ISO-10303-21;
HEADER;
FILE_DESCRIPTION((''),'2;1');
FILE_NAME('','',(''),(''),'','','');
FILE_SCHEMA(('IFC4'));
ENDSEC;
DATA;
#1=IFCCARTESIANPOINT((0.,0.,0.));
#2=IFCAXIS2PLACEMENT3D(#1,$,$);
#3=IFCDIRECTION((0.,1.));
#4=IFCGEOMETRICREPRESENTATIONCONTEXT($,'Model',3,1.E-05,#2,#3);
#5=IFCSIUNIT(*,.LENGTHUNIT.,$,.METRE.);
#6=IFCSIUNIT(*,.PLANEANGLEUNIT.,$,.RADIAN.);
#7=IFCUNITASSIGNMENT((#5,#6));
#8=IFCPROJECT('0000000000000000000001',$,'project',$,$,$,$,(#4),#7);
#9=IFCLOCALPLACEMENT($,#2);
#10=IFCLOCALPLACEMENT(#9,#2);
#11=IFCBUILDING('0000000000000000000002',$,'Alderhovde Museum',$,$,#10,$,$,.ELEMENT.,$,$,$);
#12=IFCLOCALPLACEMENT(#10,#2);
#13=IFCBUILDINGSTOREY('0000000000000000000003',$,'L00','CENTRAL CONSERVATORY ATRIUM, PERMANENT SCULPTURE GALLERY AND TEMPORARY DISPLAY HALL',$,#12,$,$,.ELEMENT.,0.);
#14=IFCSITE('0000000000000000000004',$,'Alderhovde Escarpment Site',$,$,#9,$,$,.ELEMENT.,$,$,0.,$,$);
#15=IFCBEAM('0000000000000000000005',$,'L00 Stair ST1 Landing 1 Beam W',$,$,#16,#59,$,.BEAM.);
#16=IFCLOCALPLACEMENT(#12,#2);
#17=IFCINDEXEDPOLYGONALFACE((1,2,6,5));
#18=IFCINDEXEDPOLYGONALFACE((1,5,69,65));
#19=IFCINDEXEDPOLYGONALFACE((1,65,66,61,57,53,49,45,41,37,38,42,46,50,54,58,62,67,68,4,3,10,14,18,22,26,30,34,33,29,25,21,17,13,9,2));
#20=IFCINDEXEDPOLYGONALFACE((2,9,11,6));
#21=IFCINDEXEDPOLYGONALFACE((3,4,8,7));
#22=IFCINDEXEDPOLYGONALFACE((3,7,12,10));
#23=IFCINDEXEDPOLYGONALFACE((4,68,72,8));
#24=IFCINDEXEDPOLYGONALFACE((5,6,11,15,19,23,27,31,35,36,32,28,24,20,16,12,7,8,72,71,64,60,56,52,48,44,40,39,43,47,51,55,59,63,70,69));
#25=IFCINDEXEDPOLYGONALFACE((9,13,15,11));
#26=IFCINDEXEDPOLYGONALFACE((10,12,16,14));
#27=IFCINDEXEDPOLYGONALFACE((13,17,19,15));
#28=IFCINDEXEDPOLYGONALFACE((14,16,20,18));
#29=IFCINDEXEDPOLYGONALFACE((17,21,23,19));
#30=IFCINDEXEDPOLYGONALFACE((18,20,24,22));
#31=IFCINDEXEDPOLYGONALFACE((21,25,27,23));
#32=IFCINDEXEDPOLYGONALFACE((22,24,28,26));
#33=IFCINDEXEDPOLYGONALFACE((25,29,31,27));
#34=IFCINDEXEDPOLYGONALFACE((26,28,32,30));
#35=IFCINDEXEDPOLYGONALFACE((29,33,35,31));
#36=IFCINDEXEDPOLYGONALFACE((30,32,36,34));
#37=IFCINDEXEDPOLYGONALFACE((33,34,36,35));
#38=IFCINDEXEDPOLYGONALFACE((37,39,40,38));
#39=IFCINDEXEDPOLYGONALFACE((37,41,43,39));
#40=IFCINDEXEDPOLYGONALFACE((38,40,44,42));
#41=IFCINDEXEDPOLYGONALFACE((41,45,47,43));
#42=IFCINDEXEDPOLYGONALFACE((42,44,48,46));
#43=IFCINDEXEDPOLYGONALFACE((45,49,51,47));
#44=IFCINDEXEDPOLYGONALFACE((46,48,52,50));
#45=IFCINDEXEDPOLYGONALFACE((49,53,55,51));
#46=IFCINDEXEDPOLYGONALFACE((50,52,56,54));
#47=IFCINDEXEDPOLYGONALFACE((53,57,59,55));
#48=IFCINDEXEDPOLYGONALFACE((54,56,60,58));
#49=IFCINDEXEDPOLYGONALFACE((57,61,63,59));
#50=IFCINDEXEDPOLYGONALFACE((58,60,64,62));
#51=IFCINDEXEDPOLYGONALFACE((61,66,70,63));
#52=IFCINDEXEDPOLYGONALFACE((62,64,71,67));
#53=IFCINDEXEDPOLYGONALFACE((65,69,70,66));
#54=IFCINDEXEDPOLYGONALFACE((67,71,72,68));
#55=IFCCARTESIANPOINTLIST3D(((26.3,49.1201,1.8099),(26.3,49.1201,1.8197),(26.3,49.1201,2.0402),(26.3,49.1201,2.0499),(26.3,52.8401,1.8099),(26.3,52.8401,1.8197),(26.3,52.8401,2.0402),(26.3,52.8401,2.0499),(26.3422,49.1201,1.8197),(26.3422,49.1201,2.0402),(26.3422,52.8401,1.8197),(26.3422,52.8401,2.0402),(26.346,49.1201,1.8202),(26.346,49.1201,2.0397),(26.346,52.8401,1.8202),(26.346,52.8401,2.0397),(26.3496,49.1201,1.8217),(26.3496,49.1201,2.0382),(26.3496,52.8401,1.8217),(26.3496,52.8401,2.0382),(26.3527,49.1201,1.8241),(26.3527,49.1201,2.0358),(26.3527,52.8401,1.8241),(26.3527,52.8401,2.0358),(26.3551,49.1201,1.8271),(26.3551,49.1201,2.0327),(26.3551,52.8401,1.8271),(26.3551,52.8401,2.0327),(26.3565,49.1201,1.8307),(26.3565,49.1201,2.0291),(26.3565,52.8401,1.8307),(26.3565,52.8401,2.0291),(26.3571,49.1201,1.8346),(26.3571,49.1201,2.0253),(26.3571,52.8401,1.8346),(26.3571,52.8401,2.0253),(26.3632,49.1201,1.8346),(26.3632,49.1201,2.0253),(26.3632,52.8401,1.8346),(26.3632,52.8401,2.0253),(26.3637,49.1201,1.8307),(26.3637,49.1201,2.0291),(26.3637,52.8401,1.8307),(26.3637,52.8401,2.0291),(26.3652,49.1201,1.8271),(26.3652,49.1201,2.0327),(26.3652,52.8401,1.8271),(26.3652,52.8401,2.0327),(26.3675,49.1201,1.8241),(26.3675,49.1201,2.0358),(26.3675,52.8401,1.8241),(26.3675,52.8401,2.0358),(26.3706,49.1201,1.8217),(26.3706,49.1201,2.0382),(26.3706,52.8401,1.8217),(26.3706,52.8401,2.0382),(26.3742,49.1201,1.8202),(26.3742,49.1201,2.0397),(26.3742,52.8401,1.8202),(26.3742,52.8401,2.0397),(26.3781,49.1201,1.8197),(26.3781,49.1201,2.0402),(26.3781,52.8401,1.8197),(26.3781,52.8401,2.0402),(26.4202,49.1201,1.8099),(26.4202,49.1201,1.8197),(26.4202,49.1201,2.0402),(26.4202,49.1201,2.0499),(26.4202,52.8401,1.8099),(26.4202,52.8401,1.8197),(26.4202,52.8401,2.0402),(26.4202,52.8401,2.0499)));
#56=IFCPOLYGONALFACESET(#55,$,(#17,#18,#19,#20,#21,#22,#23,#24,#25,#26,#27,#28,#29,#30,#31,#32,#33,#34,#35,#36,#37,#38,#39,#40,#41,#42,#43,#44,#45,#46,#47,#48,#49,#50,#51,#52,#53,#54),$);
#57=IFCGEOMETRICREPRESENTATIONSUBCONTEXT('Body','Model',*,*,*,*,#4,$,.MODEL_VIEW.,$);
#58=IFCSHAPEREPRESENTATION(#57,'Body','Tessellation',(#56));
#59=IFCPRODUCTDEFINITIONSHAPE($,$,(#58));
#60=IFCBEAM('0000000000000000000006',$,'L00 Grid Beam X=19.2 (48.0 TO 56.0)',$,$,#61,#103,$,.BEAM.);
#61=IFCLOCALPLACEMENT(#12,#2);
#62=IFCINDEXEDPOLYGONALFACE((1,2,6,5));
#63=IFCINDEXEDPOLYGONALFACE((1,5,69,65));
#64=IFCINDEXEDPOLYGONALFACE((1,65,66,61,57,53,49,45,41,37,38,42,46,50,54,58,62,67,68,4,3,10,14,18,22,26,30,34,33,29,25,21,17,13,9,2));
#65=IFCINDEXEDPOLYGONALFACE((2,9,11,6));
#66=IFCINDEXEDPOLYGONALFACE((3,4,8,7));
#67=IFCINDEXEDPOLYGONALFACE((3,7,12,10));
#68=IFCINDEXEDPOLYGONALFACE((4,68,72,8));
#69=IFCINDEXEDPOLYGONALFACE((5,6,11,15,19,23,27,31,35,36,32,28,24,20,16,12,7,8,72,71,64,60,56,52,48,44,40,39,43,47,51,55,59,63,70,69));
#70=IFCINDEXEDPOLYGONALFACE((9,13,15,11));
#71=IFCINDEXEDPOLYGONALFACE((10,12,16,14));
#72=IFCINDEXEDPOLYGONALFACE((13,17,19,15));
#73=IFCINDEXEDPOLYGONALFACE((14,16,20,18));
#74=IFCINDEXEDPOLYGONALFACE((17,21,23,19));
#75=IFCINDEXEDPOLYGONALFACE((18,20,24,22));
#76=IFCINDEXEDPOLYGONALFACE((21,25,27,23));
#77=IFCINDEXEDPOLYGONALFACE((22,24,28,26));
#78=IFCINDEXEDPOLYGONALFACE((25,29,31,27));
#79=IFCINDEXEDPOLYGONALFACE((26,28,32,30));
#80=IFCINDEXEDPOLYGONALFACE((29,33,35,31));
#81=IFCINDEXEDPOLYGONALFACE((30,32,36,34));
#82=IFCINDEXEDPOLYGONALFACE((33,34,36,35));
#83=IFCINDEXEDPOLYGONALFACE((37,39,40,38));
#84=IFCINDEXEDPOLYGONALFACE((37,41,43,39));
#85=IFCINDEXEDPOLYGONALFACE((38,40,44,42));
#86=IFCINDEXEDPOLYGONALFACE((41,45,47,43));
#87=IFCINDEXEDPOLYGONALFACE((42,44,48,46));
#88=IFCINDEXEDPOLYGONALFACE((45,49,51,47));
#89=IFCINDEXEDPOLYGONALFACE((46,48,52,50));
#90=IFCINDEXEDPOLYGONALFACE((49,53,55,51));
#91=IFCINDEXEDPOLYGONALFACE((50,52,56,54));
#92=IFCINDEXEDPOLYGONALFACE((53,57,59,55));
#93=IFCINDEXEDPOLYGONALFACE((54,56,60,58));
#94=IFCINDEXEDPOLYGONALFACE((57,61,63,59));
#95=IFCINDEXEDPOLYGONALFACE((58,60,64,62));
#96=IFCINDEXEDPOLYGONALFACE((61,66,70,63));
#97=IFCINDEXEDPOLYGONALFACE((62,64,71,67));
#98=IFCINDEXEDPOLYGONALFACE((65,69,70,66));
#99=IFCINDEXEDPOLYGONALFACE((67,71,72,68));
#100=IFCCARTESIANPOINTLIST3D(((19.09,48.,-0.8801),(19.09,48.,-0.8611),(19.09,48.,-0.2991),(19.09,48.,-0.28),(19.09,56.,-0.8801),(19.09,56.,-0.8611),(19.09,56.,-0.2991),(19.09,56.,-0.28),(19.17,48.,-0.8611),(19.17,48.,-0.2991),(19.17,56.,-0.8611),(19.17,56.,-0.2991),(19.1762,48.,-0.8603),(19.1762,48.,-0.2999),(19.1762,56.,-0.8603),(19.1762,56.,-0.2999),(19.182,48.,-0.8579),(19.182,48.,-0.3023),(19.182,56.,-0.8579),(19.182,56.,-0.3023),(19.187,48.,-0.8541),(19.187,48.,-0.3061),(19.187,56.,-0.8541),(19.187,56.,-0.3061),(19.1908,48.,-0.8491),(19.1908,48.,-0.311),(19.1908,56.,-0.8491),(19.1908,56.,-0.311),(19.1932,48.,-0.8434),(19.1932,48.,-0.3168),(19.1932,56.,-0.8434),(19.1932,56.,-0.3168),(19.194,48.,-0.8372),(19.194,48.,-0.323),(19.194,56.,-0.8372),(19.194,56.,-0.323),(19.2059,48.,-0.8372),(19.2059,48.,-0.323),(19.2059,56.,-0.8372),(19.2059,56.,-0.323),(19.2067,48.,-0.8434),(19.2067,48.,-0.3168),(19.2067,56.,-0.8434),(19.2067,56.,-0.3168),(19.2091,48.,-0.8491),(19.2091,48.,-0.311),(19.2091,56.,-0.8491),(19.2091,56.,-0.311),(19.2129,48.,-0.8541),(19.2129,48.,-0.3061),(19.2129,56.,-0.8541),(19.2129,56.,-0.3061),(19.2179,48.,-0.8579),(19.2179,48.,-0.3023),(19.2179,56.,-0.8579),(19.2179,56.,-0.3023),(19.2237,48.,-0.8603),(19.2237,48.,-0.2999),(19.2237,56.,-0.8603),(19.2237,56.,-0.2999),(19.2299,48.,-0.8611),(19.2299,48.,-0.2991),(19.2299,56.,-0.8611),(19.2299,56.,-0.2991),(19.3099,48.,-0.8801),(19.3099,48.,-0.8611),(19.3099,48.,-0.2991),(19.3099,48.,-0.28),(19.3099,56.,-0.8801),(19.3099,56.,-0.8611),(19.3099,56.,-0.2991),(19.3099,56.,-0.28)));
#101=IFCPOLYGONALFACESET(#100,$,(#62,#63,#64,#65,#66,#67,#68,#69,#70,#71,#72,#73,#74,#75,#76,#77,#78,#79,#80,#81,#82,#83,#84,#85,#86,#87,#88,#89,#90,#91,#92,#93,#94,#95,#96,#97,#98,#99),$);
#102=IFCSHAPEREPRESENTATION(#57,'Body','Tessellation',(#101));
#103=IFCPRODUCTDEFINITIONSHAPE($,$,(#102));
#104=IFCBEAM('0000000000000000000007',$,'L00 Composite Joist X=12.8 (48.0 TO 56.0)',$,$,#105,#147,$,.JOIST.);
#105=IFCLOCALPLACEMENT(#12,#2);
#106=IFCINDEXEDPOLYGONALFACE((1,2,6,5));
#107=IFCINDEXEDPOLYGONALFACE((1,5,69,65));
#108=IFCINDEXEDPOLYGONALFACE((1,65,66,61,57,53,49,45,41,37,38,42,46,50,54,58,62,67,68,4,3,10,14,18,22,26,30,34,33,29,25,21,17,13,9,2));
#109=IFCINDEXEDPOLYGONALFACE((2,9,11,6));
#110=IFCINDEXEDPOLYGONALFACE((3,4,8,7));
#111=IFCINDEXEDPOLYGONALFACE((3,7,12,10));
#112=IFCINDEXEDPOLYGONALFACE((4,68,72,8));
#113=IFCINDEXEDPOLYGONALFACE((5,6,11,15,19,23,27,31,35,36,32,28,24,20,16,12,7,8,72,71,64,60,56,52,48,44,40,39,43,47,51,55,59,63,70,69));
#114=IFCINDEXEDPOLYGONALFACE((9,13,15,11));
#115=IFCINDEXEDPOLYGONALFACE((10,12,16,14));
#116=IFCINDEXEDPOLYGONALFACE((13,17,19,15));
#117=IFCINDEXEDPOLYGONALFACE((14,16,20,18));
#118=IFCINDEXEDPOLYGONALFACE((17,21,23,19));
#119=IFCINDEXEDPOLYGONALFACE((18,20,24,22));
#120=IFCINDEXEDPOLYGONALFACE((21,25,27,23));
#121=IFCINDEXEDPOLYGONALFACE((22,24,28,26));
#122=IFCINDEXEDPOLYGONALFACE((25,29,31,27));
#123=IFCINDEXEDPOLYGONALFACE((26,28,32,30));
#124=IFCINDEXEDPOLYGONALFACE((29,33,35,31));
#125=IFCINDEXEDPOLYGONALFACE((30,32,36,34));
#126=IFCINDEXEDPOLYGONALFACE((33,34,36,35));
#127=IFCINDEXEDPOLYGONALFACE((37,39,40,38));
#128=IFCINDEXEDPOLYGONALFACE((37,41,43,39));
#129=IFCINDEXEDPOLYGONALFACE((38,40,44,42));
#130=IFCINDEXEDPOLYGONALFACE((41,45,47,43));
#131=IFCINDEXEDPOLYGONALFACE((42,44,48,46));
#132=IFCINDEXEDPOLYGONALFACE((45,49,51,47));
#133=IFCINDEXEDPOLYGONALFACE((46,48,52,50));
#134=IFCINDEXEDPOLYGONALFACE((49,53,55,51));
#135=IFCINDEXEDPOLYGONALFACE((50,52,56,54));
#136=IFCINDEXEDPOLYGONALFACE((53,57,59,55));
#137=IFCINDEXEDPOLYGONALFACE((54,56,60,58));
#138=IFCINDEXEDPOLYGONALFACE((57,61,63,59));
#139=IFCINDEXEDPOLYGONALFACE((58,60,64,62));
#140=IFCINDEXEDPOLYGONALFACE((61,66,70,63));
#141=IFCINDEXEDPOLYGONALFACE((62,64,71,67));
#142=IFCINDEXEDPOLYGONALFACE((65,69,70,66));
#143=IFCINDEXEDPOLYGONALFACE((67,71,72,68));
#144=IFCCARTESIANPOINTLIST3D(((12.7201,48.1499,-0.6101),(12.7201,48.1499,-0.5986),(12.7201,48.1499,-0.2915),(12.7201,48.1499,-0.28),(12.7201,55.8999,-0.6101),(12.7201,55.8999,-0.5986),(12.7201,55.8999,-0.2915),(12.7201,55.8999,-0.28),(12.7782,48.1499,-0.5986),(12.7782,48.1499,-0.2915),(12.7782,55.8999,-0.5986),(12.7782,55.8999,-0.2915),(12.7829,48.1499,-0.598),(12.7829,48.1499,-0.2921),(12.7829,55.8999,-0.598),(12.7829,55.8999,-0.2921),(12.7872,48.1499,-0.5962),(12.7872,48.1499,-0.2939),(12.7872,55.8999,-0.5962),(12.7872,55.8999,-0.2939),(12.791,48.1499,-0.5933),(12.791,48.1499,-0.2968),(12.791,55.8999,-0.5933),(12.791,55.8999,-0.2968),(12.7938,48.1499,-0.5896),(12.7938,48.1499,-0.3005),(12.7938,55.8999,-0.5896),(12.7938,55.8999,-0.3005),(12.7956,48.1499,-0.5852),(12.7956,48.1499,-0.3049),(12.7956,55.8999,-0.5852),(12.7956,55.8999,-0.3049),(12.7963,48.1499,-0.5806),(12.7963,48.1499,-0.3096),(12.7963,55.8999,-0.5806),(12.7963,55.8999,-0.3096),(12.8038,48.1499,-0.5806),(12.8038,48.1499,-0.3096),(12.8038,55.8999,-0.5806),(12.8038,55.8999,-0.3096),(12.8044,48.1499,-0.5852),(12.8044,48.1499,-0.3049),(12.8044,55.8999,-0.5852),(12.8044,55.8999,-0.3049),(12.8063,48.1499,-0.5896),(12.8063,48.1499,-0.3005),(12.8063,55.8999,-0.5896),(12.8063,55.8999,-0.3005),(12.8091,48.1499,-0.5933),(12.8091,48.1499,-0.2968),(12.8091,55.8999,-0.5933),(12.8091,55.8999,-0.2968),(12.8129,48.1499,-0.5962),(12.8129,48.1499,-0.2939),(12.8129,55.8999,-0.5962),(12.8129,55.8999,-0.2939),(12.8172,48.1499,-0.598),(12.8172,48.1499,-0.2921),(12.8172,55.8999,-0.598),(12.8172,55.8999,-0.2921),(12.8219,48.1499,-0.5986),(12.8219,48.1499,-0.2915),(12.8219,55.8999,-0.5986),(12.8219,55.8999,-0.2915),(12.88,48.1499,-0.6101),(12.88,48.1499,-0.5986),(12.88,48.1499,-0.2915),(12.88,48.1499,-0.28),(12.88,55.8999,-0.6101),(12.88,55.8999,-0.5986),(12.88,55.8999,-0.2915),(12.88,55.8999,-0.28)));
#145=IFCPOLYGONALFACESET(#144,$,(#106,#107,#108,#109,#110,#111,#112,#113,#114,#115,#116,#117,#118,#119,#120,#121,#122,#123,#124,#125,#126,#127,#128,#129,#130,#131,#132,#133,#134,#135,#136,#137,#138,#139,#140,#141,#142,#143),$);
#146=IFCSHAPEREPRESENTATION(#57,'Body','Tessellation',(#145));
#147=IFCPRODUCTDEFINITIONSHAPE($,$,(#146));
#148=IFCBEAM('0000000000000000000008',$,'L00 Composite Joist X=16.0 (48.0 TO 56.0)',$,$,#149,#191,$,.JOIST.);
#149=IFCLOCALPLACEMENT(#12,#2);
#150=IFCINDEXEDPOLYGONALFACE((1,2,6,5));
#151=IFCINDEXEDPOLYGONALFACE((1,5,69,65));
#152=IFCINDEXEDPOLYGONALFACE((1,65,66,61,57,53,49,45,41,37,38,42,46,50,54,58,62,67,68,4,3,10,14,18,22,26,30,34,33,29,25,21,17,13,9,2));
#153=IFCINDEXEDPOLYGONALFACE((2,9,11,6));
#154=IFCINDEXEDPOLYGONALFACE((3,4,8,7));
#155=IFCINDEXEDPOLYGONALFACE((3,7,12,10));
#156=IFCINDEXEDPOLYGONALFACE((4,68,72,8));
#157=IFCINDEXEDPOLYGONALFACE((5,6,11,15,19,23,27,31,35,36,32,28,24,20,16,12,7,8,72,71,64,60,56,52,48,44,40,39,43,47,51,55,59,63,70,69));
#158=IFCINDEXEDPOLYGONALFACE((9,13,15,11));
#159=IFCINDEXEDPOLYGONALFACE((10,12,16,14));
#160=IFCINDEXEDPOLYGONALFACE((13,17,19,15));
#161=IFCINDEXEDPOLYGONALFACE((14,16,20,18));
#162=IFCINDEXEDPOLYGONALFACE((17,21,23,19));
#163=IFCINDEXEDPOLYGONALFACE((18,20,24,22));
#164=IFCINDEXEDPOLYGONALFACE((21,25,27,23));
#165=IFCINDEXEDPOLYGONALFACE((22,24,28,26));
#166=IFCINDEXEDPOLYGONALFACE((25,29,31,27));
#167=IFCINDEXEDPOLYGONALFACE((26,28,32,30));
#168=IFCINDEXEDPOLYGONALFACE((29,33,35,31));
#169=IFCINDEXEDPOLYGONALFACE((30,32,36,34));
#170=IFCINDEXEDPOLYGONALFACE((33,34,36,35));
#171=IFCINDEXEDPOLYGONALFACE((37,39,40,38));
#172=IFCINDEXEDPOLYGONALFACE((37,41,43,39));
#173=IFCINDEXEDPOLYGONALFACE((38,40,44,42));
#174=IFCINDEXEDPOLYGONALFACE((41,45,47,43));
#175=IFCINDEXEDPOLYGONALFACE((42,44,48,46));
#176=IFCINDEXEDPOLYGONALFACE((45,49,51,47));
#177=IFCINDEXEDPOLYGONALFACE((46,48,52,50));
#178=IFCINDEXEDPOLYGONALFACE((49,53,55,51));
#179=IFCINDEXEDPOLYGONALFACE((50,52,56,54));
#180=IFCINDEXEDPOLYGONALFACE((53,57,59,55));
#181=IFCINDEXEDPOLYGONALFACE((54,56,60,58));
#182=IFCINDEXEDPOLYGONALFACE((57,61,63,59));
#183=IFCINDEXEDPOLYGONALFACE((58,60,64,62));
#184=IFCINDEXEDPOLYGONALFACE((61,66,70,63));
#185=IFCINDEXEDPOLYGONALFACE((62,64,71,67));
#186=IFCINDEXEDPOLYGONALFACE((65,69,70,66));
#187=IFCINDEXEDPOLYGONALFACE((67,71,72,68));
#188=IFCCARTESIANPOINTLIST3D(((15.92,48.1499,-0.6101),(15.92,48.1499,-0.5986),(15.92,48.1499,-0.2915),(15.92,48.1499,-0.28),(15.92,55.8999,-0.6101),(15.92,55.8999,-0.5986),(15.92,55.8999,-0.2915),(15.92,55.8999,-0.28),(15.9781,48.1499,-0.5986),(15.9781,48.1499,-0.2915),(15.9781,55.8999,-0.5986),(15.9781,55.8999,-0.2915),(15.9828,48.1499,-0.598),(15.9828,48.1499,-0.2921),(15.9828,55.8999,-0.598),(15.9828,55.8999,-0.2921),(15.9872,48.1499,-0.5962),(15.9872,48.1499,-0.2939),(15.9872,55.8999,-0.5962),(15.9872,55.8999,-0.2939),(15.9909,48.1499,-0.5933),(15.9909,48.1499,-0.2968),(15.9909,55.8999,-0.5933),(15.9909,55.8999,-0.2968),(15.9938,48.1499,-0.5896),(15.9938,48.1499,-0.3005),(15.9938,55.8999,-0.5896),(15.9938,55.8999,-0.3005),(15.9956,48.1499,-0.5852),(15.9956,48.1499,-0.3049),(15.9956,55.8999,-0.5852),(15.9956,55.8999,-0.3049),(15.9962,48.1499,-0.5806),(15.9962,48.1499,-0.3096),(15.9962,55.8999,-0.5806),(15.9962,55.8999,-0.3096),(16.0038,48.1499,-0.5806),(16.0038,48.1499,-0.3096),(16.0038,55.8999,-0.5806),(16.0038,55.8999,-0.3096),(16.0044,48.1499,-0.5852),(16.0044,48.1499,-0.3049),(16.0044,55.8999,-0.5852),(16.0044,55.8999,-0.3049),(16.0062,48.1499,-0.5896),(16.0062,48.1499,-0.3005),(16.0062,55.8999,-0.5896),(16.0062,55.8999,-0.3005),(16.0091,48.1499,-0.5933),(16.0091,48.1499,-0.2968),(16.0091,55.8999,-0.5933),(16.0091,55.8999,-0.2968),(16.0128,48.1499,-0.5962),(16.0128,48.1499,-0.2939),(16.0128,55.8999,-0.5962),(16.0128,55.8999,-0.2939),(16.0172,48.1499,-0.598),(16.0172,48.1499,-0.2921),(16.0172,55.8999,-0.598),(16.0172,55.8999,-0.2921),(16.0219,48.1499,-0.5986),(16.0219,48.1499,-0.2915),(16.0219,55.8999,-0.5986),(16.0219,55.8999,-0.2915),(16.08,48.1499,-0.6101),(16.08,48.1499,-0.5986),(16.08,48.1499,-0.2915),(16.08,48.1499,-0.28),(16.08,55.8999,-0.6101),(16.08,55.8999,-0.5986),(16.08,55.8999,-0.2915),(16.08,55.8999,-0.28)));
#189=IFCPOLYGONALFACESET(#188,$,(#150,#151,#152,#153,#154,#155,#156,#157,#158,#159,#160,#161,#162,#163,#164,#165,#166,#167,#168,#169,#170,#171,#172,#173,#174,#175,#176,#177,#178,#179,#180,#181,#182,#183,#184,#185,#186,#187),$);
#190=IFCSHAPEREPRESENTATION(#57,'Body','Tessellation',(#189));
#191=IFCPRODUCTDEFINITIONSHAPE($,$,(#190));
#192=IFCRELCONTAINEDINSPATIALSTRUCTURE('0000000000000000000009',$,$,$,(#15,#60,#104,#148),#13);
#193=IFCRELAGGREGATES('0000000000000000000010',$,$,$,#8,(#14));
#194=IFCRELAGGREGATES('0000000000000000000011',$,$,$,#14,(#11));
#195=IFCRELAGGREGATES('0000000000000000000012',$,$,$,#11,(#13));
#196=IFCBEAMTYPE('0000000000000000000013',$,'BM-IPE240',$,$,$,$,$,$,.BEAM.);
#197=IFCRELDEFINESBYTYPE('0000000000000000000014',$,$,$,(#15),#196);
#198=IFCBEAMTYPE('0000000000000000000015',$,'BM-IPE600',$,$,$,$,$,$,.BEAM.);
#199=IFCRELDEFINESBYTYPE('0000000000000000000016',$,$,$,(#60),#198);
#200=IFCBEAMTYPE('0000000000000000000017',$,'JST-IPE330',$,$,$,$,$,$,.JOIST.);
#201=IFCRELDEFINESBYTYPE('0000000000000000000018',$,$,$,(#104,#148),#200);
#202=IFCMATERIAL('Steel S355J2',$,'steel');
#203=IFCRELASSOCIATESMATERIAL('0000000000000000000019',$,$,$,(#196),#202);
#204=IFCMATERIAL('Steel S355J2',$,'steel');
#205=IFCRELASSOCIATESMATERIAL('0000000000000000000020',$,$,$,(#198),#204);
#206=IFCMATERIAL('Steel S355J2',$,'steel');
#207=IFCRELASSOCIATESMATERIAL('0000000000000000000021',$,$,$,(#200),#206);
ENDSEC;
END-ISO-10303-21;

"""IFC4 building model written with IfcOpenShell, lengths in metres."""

from ifc_helpers import new_model, si_unit, direction, frame, origin, origin_2d, place, context, subcontext, project, spatial, i_section, extrude, material, material_profile, profile_set, type_object, element, save


model = new_model("IFC4")

# Units and contexts
model_context = context("Model", 3, precision=1e-05, world=origin(), true_north=direction((0.0, 1.0)))
body_context = subcontext(model_context, "Body", "Model", "MODEL_VIEW")
ifc_project = project(units=[si_unit("LENGTHUNIT", "METRE"), si_unit("PLANEANGLEUNIT", "RADIAN")], contexts=[model_context])

# Site, building, storey
site_placement = place(None, origin())
site = spatial("IfcSite", under=ifc_project, at=site_placement, Name="Alderhovde Escarpment Site", CompositionType="ELEMENT", RefElevation=0.0)
building_placement = place(site_placement, origin())
building = spatial("IfcBuilding", under=site, at=building_placement, Name="Alderhovde Museum", CompositionType="ELEMENT")
storey_placement = place(building_placement, origin())
storey = spatial("IfcBuildingStorey", under=building, at=storey_placement, Name="L00", Description="CENTRAL CONSERVATORY ATRIUM, PERMANENT SCULPTURE GALLERY AND TEMPORARY DISPLAY HALL", CompositionType="ELEMENT", Elevation=0.0)

# Beams
ifc_material_1 = material(Name="Steel S355J2", Category="steel")
ifc_material_profile_1 = material_profile(ifc_material_1, i_section(OverallWidth=0.1201, OverallDepth=0.24, WebThickness=0.0061, FlangeThickness=0.0098, FilletRadius=0.0149, at=origin_2d()), Name="IPE 240")
ifc_profile_set_1 = profile_set([ifc_material_profile_1], Name="Steel S355J2")
beam_type_1 = type_object("IfcBeamType", Name="BM-IPE240", PredefinedType="BEAM", material=ifc_profile_set_1)
beam_1_placement = place(storey_placement, frame((26.3601, 49.1201, 1.9299), z_axis=(0.0, 1.0, 0.0), x_axis=(-1.0, 0.0, 0.0)))
element("IfcBeam", 1, at=beam_1_placement, inside=storey, type_object=beam_type_1, Name="L00 Stair ST1 Landing 1 Beam W", PredefinedType="BEAM", context=body_context, shape_type="SweptSolid", body=[
    extrude(i_section(OverallWidth=0.1201, OverallDepth=0.24, WebThickness=0.0061, FlangeThickness=0.0098, FilletRadius=0.0149, at=origin_2d()), origin(), (0.0, 0.0, 1.0), 3.72),
])
ifc_material_2 = material(Name="Steel S355J2", Category="steel")
ifc_material_profile_2 = material_profile(ifc_material_2, i_section(OverallWidth=0.22, OverallDepth=0.6001, WebThickness=0.012, FlangeThickness=0.019, FilletRadius=0.0239, at=origin_2d()), Name="IPE 600")
ifc_profile_set_2 = profile_set([ifc_material_profile_2], Name="Steel S355J2")
beam_type_2 = type_object("IfcBeamType", Name="BM-IPE600", PredefinedType="BEAM", material=ifc_profile_set_2)
beam_2_placement = place(storey_placement, frame((19.2, 48.0, -0.5801), z_axis=(0.0, 1.0, 0.0), x_axis=(-1.0, 0.0, 0.0)))
element("IfcBeam", 2, at=beam_2_placement, inside=storey, type_object=beam_type_2, Name="L00 Grid Beam X=19.2 (48.0 TO 56.0)", PredefinedType="BEAM", context=body_context, shape_type="SweptSolid", body=[
    extrude(i_section(OverallWidth=0.22, OverallDepth=0.6001, WebThickness=0.012, FlangeThickness=0.019, FilletRadius=0.0239, at=origin_2d()), origin(), (0.0, 0.0, 1.0), 8.0),
])
ifc_material_3 = material(Name="Steel S355J2", Category="steel")
ifc_material_profile_3 = material_profile(ifc_material_3, i_section(OverallWidth=0.1599, OverallDepth=0.3301, WebThickness=0.0076, FlangeThickness=0.0115, FilletRadius=0.0181, at=origin_2d()), Name="IPE 330")
ifc_profile_set_3 = profile_set([ifc_material_profile_3], Name="Steel S355J2")
beam_type_3 = type_object("IfcBeamType", Name="JST-IPE330", PredefinedType="JOIST", material=ifc_profile_set_3)
for number, where, z_axis, x_axis, name in (
    (3, (12.8, 48.1499, -0.4451), (0.0, 1.0, 0.0), (-1.0, 0.0, 0.0), "L00 Composite Joist X=12.8 (48.0 TO 56.0)"),
    (4, (16.0, 48.1499, -0.4451), (0.0, 1.0, 0.0), (-1.0, 0.0, 0.0), "L00 Composite Joist X=16.0 (48.0 TO 56.0)"),
):
    element("IfcBeam", number, at=place(storey_placement, frame(where, z_axis=z_axis, x_axis=x_axis)), inside=storey, type_object=beam_type_3, Name=name, PredefinedType="JOIST", context=body_context, shape_type="SweptSolid", body=[
        extrude(i_section(OverallWidth=0.1599, OverallDepth=0.3301, WebThickness=0.0076, FlangeThickness=0.0115, FilletRadius=0.0181, at=origin_2d()), origin(), (0.0, 0.0, 1.0), 7.75),
    ])

save(model, "model.ifc")
